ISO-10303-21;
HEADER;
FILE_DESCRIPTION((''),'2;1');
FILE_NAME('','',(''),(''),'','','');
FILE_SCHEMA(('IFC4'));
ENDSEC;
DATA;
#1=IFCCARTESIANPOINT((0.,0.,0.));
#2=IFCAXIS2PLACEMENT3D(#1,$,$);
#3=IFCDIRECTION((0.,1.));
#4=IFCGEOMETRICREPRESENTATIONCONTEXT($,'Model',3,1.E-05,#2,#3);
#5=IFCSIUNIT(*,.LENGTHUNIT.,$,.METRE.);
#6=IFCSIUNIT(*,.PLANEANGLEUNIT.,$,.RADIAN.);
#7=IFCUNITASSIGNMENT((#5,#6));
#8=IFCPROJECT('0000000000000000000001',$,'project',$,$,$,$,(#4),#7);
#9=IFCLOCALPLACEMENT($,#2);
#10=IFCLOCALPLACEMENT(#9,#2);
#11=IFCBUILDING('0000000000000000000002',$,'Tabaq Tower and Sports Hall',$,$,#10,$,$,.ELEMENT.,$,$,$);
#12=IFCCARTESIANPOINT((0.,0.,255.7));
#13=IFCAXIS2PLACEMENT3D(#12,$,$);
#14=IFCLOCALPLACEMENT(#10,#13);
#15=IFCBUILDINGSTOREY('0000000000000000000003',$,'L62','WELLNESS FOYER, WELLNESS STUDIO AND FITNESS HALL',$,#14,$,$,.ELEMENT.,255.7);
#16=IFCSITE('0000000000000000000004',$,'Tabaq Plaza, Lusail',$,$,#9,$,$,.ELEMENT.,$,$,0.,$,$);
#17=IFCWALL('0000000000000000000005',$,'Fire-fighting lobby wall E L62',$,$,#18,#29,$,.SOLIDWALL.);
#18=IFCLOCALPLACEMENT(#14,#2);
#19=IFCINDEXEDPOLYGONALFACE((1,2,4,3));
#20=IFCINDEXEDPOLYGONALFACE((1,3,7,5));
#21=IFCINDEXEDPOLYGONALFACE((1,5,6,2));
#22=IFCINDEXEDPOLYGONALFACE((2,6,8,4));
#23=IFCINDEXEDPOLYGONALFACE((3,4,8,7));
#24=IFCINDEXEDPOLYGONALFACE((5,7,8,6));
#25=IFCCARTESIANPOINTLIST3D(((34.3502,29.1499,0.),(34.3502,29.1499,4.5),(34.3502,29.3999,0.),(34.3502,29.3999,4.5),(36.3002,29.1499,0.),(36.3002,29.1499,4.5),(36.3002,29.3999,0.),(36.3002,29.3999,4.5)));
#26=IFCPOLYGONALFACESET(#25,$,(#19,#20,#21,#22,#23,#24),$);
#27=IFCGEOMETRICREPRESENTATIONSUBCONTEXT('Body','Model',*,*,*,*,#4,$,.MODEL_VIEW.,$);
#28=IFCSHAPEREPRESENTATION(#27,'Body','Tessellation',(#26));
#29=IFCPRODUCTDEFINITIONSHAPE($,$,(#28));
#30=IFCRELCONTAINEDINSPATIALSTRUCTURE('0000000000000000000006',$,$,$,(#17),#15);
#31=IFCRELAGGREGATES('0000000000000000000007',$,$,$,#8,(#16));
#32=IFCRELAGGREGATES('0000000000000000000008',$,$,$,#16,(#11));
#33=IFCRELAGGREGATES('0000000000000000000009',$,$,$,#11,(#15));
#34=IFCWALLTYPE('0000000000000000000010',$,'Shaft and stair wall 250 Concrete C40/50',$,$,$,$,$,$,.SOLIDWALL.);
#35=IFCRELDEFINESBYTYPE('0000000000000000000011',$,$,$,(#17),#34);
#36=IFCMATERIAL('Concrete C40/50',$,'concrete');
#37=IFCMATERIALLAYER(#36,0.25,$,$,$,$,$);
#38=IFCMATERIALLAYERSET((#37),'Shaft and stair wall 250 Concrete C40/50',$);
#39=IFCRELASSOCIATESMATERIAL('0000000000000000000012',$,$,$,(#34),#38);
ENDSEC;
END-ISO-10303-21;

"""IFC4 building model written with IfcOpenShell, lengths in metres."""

from ifc_helpers import new_model, si_unit, direction, frame, frame_2d, origin, place, context, subcontext, project, spatial, rectangle, extrude, material, layer, layer_set, type_object, element, save


model = new_model("IFC4")

# Units and contexts
model_context = context("Model", 3, precision=1e-05, world=origin(), true_north=direction((0.0, 1.0)))
body_context = subcontext(model_context, "Body", "Model", "MODEL_VIEW")
ifc_project = project(units=[si_unit("LENGTHUNIT", "METRE"), si_unit("PLANEANGLEUNIT", "RADIAN")], contexts=[model_context])

# Site, building, storey
site_placement = place(None, origin())
site = spatial("IfcSite", under=ifc_project, at=site_placement, Name="Tabaq Plaza, Lusail", CompositionType="ELEMENT", RefElevation=0.0)
building_placement = place(site_placement, origin())
building = spatial("IfcBuilding", under=site, at=building_placement, Name="Tabaq Tower and Sports Hall", CompositionType="ELEMENT")
storey_placement = place(building_placement, frame((0.0, 0.0, 255.7)))
storey = spatial("IfcBuildingStorey", under=building, at=storey_placement, Name="L62", Description="WELLNESS FOYER, WELLNESS STUDIO AND FITNESS HALL", CompositionType="ELEMENT", Elevation=255.7)

# Shared definitions
ifc_material_1 = material(Name="Concrete C40/50", Category="concrete")
ifc_layer_1 = layer(ifc_material_1, 0.25)
ifc_layer_set_1 = layer_set([ifc_layer_1], Name="Shaft and stair wall 250 Concrete C40/50")
wall_type_1 = type_object("IfcWallType", Name="Shaft and stair wall 250 Concrete C40/50", PredefinedType="SOLIDWALL", material=ifc_layer_set_1)

# Wall
wall_1_placement = place(storey_placement, frame((34.3501, 29.2749, 0.0), z_axis=(0.0, 0.0, 1.0), x_axis=(1.0, 0.0, 0.0)))
element("IfcWall", 1, at=wall_1_placement, inside=storey, type_object=wall_type_1, Name="Fire-fighting lobby wall E L62", PredefinedType="SOLIDWALL", context=body_context, shape_type="SweptSolid", body=[
    extrude(rectangle(XDim=1.95, YDim=0.25, at=frame_2d((0.9751, 0.0))), origin(), (0.0, 0.0, 1.0), 4.5),
])

save(model, "model.ifc")
